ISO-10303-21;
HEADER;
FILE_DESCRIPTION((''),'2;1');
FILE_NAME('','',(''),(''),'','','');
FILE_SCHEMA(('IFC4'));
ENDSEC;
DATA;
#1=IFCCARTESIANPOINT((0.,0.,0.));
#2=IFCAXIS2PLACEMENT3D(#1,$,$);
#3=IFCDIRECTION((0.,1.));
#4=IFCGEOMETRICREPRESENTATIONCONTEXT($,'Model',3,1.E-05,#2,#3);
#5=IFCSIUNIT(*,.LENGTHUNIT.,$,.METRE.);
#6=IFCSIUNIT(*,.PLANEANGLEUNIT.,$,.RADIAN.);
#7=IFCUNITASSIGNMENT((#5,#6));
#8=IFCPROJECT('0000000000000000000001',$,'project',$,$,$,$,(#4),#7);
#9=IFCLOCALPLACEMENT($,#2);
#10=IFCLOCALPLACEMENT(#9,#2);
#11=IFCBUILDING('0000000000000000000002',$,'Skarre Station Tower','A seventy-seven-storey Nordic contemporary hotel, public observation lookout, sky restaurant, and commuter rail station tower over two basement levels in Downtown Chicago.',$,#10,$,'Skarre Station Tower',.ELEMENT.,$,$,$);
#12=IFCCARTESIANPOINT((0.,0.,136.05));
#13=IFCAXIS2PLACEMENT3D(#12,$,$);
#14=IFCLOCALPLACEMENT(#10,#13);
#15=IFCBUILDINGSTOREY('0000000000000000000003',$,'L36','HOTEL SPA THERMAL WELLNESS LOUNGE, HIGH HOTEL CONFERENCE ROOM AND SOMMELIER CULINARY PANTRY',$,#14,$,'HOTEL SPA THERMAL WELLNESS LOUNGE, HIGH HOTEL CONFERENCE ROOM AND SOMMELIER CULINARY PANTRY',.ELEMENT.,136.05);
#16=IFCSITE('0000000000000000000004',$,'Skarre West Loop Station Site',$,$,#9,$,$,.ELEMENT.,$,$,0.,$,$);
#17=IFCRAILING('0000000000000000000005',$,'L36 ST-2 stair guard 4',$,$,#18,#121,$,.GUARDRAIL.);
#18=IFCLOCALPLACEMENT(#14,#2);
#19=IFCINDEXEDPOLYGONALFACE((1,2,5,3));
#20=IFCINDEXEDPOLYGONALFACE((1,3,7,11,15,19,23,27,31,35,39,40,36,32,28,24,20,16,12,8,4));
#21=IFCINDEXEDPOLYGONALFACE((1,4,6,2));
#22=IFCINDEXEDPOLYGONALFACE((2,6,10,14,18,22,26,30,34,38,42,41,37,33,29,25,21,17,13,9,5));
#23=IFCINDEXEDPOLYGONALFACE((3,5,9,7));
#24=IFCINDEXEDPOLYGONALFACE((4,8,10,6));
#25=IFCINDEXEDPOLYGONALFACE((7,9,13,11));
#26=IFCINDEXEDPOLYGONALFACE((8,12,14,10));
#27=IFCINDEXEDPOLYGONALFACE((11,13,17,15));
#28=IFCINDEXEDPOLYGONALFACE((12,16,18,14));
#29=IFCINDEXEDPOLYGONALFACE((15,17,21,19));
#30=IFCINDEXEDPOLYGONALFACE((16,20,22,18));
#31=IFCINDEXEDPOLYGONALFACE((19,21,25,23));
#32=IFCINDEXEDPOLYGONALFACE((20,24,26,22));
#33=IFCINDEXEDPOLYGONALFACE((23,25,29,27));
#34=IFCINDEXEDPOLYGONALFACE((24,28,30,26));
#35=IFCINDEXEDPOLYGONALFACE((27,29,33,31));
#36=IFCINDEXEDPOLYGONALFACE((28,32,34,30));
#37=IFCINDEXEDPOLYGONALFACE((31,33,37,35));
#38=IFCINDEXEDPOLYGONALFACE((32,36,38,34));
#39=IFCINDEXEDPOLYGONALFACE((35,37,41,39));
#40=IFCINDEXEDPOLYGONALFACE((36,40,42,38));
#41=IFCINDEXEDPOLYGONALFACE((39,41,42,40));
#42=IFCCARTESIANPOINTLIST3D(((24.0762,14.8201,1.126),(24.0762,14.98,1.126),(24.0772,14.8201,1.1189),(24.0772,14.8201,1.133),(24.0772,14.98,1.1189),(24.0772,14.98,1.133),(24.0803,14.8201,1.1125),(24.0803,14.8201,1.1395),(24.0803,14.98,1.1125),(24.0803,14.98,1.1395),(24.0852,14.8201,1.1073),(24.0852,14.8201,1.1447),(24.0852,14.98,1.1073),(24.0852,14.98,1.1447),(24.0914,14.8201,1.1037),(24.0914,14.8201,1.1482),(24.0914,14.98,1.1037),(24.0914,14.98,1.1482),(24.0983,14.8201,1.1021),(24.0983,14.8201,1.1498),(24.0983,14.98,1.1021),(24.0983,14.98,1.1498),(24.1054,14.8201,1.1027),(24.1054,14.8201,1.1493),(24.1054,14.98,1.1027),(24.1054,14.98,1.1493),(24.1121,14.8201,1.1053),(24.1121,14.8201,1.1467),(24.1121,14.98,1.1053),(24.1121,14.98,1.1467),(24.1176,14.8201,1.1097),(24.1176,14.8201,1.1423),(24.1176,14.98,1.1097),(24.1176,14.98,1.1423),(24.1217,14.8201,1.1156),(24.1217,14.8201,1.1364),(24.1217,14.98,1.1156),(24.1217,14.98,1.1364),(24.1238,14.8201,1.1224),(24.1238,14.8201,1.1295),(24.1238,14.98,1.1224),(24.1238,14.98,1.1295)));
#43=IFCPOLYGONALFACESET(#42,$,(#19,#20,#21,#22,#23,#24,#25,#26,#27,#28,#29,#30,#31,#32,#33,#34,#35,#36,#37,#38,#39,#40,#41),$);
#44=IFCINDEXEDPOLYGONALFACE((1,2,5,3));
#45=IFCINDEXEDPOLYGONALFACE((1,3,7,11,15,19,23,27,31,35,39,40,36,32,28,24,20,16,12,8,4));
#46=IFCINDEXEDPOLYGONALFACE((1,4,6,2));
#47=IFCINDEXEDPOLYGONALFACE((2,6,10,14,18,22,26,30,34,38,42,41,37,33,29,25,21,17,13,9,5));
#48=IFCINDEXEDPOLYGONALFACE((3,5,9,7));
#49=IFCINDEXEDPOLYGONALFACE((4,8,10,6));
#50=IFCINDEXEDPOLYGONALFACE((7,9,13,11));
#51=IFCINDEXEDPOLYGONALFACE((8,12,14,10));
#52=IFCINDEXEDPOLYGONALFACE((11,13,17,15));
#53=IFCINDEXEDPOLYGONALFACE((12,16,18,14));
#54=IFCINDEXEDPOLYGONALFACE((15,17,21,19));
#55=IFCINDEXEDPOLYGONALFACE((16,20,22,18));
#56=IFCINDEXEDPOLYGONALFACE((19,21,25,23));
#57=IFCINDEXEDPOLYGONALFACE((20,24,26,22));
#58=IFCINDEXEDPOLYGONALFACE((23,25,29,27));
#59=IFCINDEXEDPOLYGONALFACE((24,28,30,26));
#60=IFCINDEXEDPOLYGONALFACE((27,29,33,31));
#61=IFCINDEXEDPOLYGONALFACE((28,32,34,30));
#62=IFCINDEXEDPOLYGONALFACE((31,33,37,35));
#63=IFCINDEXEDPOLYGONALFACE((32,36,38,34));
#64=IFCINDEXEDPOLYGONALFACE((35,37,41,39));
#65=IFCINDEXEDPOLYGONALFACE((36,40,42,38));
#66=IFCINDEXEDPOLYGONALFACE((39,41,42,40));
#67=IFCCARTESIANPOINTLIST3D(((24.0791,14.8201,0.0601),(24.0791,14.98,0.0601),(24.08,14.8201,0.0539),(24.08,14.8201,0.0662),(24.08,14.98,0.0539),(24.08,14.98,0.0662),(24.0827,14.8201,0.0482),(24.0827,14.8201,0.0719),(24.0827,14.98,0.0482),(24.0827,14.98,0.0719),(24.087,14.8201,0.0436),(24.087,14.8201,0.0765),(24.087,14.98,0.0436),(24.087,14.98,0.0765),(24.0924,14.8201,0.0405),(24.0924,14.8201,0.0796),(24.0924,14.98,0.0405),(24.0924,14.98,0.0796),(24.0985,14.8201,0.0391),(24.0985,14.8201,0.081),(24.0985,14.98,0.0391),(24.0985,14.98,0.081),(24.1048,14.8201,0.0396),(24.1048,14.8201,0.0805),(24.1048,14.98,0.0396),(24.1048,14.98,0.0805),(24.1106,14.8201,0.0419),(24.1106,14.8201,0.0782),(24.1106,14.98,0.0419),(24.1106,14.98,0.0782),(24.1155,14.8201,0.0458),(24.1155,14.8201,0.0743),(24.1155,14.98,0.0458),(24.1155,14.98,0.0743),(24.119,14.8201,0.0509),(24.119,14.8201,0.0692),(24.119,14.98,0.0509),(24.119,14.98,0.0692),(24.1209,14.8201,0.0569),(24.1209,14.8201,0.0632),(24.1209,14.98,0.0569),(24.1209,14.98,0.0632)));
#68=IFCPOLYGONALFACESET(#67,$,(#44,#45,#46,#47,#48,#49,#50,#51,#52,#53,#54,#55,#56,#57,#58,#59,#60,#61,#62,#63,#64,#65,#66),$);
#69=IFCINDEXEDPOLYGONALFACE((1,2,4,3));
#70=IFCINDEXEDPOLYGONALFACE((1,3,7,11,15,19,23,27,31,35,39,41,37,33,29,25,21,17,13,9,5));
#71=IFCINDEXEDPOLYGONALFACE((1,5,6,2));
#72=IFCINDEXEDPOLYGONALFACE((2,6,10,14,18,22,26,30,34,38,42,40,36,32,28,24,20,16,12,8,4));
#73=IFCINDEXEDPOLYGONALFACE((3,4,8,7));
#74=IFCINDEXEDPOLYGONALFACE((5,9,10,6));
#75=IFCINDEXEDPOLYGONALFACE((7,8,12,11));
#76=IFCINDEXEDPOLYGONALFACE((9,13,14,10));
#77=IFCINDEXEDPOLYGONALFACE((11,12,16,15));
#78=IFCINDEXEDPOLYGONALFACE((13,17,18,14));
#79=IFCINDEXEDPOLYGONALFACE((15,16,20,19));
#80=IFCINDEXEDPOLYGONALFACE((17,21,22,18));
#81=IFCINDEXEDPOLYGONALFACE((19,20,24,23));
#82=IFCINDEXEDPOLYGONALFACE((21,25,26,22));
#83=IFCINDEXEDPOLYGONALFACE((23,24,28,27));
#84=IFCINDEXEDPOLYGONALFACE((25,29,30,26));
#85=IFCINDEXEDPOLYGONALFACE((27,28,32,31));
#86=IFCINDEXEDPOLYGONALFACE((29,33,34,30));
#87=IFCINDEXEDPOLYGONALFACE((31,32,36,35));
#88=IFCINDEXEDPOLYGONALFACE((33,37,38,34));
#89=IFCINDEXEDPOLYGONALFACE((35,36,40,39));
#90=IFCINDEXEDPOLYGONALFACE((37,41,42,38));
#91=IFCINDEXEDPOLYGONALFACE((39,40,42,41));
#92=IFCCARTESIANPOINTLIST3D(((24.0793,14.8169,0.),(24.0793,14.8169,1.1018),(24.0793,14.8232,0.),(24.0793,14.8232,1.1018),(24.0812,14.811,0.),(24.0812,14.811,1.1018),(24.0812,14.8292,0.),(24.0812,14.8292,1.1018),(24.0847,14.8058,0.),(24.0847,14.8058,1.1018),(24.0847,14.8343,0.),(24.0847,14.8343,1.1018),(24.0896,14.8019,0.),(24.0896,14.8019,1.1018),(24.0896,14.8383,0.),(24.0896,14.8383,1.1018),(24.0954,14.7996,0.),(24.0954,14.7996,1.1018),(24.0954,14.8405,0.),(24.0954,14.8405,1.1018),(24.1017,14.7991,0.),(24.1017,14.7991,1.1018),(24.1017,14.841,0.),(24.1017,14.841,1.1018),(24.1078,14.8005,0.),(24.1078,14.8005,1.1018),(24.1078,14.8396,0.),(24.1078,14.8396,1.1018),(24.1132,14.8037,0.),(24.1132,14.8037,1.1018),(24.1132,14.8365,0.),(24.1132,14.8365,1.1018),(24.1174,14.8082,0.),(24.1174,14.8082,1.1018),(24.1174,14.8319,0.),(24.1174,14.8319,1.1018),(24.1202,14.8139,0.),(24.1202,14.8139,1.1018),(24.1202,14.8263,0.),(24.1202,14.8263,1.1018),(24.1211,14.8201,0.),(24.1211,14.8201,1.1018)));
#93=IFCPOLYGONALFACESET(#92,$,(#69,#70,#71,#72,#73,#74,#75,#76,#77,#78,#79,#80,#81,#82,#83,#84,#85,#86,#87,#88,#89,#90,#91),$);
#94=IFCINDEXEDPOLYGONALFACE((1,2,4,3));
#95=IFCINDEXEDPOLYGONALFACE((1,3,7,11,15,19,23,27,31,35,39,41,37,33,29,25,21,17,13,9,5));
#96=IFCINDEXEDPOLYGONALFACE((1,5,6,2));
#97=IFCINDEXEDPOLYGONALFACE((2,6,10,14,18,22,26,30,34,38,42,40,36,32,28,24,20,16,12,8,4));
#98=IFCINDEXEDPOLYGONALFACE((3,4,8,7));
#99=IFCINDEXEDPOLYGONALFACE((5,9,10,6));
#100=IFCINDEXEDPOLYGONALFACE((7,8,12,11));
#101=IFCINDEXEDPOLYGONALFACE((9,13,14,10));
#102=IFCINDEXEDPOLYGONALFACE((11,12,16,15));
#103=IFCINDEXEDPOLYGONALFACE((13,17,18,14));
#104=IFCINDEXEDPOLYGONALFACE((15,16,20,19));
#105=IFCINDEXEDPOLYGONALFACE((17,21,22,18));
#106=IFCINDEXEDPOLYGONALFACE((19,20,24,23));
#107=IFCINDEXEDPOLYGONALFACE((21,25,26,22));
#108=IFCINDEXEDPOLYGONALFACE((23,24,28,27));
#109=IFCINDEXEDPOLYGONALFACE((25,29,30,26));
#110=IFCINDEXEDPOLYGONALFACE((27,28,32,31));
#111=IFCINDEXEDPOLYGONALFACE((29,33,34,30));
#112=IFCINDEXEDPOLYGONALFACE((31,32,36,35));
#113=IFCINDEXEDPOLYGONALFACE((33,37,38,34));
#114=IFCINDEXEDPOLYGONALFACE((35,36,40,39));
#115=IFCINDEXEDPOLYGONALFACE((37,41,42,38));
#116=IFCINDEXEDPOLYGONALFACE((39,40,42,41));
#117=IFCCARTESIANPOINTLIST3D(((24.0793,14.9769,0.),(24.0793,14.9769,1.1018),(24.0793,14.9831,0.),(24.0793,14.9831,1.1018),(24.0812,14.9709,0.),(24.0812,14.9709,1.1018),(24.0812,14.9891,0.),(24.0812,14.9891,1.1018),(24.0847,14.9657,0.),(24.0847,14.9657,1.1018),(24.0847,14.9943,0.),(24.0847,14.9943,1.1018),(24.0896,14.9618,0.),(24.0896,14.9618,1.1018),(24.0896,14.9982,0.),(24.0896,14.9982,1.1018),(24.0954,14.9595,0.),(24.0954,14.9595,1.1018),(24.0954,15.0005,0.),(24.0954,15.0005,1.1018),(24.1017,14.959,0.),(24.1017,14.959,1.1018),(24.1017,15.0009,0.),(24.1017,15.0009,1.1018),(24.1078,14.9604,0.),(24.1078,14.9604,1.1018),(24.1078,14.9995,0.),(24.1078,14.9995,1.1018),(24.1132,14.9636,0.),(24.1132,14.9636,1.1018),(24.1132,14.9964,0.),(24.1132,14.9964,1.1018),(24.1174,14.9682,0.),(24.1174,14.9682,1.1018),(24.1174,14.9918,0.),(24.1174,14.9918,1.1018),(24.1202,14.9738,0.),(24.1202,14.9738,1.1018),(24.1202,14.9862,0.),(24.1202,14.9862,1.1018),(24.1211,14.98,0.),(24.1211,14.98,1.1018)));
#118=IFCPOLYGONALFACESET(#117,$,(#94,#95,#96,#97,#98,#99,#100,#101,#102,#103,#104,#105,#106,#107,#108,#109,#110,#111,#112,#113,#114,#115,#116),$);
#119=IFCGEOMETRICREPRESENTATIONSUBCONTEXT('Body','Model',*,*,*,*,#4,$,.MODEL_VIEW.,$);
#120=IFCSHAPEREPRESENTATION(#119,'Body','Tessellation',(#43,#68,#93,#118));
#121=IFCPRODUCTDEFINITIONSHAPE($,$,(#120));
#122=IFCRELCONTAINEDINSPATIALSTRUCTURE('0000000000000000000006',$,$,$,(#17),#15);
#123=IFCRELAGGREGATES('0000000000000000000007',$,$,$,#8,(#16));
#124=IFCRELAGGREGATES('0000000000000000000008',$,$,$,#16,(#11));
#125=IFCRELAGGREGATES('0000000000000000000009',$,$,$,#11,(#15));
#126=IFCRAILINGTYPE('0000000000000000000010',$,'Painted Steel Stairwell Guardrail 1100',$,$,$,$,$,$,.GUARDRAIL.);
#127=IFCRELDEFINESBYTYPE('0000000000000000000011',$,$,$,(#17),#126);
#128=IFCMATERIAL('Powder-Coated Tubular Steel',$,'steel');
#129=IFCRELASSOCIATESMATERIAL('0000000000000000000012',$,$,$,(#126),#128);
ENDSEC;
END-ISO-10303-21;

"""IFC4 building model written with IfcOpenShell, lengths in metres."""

from ifc_helpers import new_model, si_unit, direction, frame, origin, origin_2d, place, context, subcontext, project, spatial, circle, extrude, material, type_object, element, save


model = new_model("IFC4")

# Units and contexts
model_context = context("Model", 3, precision=1e-05, world=origin(), true_north=direction((0.0, 1.0)))
body_context = subcontext(model_context, "Body", "Model", "MODEL_VIEW")
ifc_project = project(units=[si_unit("LENGTHUNIT", "METRE"), si_unit("PLANEANGLEUNIT", "RADIAN")], contexts=[model_context])

# Site, building, storey
site_placement = place(None, origin())
site = spatial("IfcSite", under=ifc_project, at=site_placement, Name="Skarre West Loop Station Site", CompositionType="ELEMENT", RefElevation=0.0)
building_placement = place(site_placement, origin())
building = spatial("IfcBuilding", under=site, at=building_placement, Name="Skarre Station Tower", Description="A seventy-seven-storey Nordic contemporary hotel, public observation lookout, sky restaurant, and commuter rail station tower over two basement levels in Downtown Chicago.", LongName="Skarre Station Tower", CompositionType="ELEMENT")
storey_placement = place(building_placement, frame((0.0, 0.0, 136.05)))
storey = spatial("IfcBuildingStorey", under=building, at=storey_placement, Name="L36", Description="HOTEL SPA THERMAL WELLNESS LOUNGE, HIGH HOTEL CONFERENCE ROOM AND SOMMELIER CULINARY PANTRY", LongName="HOTEL SPA THERMAL WELLNESS LOUNGE, HIGH HOTEL CONFERENCE ROOM AND SOMMELIER CULINARY PANTRY", CompositionType="ELEMENT", Elevation=136.05)

# Railing
ifc_material_1 = material(Name="Powder-Coated Tubular Steel", Category="steel")
railing_type_1 = type_object("IfcRailingType", Name="Painted Steel Stairwell Guardrail 1100", PredefinedType="GUARDRAIL", material=ifc_material_1)
railing_1_placement = place(storey_placement, frame((24.1001, 14.8201, 0.0)))
element("IfcRailing", 1, at=railing_1_placement, inside=storey, type_object=railing_type_1, Name="L36 ST-2 stair guard 4", PredefinedType="GUARDRAIL", context=body_context, shape_type="SweptSolid", body=[
    extrude(circle(Radius=0.0239, at=origin_2d()), frame((0.0, 0.0, 1.126), z_axis=(0.0, 1.0, 0.0), x_axis=(-1.0, 0.0, 0.0)), (0.0, 0.0, 1.0), 0.1599),
    extrude(circle(Radius=0.021, at=origin_2d()), frame((0.0, 0.0, 0.0601), z_axis=(0.0, 1.0, 0.0), x_axis=(-1.0, 0.0, 0.0)), (0.0, 0.0, 1.0), 0.1599),
    extrude(circle(Radius=0.021, at=origin_2d()), origin(), (0.0, 0.0, 1.0), 1.1018),
    extrude(circle(Radius=0.021, at=origin_2d()), frame((0.0, 0.1599, 0.0)), (0.0, 0.0, 1.0), 1.1018),
])

save(model, "model.ifc")
